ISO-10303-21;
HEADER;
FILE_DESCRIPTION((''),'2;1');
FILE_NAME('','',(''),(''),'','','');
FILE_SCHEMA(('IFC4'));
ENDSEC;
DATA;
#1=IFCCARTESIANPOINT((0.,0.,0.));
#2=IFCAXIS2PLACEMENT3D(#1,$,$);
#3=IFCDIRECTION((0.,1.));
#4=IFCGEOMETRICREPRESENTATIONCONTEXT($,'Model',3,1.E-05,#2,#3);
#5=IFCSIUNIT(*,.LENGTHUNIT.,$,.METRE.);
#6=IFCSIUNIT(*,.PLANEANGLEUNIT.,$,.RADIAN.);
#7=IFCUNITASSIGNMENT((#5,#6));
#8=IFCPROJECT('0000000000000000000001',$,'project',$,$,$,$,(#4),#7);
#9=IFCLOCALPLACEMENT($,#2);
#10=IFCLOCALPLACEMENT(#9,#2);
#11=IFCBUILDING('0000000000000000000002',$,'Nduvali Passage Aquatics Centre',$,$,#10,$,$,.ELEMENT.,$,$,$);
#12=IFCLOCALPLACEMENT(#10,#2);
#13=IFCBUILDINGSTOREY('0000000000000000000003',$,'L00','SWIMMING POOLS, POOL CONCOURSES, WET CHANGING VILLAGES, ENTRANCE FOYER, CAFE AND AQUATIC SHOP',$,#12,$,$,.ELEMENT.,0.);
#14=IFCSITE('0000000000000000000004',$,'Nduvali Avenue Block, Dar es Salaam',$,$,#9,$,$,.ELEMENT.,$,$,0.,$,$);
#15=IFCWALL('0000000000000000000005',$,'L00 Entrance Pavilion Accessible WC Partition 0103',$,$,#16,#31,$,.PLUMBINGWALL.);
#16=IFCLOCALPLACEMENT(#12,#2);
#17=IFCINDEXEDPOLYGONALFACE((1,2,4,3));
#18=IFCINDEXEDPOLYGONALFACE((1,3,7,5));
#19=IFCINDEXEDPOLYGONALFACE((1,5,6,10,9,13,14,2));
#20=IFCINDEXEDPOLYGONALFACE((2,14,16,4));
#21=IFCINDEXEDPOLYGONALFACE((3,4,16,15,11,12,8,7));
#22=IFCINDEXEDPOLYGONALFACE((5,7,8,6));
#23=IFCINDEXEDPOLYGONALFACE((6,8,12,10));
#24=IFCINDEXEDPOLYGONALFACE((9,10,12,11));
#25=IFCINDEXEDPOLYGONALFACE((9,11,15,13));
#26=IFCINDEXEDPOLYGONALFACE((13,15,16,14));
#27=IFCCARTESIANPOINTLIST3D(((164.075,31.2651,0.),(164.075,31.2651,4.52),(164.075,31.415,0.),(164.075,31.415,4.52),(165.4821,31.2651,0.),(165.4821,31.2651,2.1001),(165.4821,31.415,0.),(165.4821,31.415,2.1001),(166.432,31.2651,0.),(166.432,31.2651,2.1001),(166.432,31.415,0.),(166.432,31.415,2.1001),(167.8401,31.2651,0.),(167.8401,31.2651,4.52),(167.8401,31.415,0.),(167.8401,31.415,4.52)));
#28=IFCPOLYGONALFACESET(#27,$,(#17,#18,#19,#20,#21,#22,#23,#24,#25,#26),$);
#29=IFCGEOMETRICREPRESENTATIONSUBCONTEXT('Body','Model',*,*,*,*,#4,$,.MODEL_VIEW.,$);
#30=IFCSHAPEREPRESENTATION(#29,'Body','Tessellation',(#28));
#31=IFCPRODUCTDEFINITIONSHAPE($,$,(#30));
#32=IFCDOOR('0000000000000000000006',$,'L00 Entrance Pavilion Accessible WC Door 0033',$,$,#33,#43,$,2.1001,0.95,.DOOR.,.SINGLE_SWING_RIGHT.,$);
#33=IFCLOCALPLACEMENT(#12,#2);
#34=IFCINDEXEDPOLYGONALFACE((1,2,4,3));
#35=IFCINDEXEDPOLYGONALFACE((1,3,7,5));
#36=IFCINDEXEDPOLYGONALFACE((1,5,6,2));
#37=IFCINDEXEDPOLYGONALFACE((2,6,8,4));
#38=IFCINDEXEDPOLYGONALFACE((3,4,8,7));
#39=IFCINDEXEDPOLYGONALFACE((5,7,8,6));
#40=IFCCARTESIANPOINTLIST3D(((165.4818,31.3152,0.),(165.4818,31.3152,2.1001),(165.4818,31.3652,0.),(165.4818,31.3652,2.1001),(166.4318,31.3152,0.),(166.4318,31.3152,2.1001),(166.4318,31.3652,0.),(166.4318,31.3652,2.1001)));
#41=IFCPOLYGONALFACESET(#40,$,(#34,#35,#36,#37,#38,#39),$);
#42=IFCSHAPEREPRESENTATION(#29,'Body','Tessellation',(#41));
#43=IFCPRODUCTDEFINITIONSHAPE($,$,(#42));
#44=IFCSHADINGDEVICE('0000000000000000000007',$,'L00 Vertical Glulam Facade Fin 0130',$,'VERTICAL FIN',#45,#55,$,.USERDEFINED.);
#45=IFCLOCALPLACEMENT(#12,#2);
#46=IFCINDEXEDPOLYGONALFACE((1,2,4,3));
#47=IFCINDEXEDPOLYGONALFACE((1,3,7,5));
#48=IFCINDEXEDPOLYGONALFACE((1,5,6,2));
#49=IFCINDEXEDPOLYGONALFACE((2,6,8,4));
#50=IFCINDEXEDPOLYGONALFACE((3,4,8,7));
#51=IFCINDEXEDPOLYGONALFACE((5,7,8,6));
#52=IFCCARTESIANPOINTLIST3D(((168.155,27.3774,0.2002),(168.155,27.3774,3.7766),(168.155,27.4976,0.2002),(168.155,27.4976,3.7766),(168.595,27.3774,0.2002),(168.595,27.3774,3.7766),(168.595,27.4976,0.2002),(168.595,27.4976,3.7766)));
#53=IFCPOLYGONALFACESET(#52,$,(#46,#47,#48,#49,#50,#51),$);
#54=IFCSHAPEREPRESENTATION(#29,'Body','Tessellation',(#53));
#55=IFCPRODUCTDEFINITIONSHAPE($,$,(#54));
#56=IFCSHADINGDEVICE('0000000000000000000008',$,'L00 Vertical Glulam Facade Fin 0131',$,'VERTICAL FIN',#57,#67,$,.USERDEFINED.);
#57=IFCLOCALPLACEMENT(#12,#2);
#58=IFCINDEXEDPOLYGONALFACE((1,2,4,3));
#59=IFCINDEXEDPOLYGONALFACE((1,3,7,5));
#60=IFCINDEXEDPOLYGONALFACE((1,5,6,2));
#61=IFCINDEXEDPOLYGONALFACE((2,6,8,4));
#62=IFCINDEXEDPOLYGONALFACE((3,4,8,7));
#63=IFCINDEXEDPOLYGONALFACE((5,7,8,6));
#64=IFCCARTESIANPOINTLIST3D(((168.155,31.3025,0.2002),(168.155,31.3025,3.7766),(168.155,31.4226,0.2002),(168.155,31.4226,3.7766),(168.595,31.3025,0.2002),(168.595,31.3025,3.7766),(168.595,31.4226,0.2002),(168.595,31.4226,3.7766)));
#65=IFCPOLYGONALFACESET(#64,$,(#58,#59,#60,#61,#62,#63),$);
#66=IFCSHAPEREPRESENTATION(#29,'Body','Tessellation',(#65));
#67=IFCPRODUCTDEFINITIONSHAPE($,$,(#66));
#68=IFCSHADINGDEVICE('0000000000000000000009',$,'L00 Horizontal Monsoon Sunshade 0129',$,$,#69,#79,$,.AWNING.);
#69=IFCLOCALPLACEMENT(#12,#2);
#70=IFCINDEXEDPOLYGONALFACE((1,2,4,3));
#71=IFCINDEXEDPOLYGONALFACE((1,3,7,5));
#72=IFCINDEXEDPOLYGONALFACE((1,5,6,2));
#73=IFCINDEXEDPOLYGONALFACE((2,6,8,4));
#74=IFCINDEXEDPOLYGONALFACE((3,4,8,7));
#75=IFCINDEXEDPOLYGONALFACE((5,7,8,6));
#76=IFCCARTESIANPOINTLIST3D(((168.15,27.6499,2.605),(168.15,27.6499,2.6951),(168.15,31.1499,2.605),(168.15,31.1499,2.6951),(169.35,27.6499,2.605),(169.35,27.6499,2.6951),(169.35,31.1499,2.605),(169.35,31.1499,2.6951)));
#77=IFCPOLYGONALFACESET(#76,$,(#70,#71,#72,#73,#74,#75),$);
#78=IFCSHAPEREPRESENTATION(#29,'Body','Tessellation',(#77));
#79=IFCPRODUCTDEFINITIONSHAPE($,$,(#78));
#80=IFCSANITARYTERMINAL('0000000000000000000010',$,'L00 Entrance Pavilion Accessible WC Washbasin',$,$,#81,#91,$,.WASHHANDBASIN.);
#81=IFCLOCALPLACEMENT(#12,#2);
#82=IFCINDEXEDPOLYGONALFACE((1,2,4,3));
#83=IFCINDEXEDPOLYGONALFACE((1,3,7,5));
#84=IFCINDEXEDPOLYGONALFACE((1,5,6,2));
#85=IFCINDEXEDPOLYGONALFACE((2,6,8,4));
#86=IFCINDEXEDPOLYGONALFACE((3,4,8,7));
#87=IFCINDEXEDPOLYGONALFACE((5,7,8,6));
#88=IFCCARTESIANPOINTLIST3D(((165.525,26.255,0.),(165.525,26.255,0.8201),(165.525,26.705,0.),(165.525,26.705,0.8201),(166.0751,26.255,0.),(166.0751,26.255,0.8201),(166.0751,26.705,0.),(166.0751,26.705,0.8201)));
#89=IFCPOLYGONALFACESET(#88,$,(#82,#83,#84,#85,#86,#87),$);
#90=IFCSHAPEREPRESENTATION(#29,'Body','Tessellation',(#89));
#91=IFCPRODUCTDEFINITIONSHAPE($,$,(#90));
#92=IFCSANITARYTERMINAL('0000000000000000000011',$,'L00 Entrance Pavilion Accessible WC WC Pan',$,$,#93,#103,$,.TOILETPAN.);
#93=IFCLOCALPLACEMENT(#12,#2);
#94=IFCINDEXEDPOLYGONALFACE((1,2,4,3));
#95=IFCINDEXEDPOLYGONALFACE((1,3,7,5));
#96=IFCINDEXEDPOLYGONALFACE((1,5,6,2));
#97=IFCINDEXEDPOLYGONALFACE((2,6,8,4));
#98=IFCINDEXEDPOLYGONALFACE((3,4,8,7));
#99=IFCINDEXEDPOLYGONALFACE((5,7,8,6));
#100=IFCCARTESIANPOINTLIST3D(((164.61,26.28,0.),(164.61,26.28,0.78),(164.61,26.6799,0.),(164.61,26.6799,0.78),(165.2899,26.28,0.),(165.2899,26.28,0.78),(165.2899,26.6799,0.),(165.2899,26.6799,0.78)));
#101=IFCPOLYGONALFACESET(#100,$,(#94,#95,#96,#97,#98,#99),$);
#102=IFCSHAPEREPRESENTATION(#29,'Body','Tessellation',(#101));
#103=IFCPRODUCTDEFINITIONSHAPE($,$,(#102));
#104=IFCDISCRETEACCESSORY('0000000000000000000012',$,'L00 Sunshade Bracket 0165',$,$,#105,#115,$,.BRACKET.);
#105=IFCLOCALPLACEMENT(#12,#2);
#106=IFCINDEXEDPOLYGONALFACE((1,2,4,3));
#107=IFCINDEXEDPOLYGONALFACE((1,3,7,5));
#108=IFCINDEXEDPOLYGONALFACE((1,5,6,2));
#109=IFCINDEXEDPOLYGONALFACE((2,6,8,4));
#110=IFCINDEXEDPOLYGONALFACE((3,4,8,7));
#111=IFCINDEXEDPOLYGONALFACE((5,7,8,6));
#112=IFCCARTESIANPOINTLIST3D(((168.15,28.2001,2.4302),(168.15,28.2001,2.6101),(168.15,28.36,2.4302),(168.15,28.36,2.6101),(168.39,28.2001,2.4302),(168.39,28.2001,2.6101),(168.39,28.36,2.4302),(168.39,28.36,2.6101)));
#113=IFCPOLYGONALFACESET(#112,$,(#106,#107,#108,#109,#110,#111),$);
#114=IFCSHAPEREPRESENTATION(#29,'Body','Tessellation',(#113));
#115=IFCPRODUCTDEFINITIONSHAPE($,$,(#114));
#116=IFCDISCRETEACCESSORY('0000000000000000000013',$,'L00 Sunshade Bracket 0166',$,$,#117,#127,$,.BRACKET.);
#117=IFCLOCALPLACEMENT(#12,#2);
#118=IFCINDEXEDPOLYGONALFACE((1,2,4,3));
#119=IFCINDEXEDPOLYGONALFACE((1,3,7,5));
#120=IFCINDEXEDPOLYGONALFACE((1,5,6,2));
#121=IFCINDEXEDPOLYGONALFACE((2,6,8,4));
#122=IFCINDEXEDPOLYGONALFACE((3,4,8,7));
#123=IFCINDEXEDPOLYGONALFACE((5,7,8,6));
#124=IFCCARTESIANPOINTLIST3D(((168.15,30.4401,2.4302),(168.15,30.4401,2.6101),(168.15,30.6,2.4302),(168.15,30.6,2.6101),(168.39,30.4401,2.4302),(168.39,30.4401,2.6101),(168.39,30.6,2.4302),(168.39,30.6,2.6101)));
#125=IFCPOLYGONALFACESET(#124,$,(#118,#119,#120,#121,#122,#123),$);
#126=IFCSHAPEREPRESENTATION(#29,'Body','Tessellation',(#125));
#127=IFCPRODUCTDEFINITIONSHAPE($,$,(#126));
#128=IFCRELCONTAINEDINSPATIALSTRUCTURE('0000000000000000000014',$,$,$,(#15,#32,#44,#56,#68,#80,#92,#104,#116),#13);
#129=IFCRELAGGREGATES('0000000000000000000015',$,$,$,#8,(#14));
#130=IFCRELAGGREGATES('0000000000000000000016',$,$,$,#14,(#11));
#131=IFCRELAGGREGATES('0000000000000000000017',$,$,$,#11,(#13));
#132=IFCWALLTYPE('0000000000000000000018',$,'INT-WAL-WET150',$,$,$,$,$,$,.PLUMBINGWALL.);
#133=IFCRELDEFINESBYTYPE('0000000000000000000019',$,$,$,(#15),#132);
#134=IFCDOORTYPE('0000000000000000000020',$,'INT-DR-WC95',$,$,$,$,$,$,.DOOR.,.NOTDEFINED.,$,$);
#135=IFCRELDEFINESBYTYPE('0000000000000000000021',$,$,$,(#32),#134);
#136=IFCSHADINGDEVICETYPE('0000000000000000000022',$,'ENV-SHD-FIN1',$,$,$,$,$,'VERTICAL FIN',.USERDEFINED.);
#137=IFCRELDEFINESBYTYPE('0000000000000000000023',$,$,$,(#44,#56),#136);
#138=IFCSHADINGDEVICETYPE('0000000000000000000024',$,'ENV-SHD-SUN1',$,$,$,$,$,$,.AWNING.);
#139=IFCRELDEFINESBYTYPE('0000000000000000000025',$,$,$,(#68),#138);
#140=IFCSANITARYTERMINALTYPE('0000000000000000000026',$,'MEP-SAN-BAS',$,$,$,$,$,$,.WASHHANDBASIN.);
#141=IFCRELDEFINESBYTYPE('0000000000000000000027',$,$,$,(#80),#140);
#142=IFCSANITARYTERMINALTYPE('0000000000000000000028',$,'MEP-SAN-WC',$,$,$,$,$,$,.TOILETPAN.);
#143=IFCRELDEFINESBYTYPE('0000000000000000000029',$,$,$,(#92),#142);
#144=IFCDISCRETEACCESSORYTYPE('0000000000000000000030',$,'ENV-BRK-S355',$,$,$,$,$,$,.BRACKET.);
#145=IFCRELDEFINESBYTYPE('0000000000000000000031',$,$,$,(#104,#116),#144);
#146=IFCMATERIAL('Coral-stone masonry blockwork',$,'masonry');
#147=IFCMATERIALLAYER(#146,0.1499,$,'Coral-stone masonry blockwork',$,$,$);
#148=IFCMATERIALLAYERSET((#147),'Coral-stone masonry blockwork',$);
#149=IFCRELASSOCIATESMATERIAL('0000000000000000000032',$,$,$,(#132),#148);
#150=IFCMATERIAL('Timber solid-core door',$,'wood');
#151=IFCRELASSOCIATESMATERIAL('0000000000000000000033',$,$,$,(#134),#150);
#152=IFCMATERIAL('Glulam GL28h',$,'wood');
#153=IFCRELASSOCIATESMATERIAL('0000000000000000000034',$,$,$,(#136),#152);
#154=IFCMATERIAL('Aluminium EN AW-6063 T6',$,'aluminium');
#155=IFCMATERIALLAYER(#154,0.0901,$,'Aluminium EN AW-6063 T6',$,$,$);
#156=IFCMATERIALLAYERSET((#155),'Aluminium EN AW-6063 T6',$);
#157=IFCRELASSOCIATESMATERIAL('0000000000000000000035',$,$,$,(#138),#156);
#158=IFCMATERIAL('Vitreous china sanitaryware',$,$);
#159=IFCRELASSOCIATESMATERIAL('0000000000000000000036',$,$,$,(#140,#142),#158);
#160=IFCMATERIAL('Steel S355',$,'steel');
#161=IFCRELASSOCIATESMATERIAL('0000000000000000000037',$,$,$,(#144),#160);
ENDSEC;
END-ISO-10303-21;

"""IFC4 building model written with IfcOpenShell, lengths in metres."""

from ifc_helpers import new_model, si_unit, direction, frame, frame_2d, origin, origin_2d, place, context, subcontext, project, spatial, rectangle, extrude, material, layer, layer_set, type_object, element, fill, save


model = new_model("IFC4")

# Units and contexts
model_context = context("Model", 3, precision=1e-05, world=origin(), true_north=direction((0.0, 1.0)))
body_context = subcontext(model_context, "Body", "Model", "MODEL_VIEW")
ifc_project = project(units=[si_unit("LENGTHUNIT", "METRE"), si_unit("PLANEANGLEUNIT", "RADIAN")], contexts=[model_context])

# Site, building, storey
site_placement = place(None, origin())
site = spatial("IfcSite", under=ifc_project, at=site_placement, Name="Nduvali Avenue Block, Dar es Salaam", CompositionType="ELEMENT", RefElevation=0.0)
building_placement = place(site_placement, origin())
building = spatial("IfcBuilding", under=site, at=building_placement, Name="Nduvali Passage Aquatics Centre", CompositionType="ELEMENT")
storey_placement = place(building_placement, origin())
storey = spatial("IfcBuildingStorey", under=building, at=storey_placement, Name="L00", Description="SWIMMING POOLS, POOL CONCOURSES, WET CHANGING VILLAGES, ENTRANCE FOYER, CAFE AND AQUATIC SHOP", CompositionType="ELEMENT", Elevation=0.0)

# Shared definitions
ifc_material_1 = material(Name="Aluminium EN AW-6063 T6", Category="aluminium")

# Shared definitions
ifc_material_2 = material(Name="Steel S355", Category="steel")

# Shared definitions
ifc_material_3 = material(Name="Coral-stone masonry blockwork", Category="masonry")

# Shared definitions
ifc_layer_1 = layer(ifc_material_3, 0.1499, Name="Coral-stone masonry blockwork")
ifc_layer_set_1 = layer_set([ifc_layer_1], Name="Coral-stone masonry blockwork")
wall_type_1 = type_object("IfcWallType", Name="INT-WAL-WET150", PredefinedType="PLUMBINGWALL", material=ifc_layer_set_1)

# Wall, opening, door
wall_1_placement = place(storey_placement, frame((164.075, 31.3401, 0.0), z_axis=(0.0, 0.0, 1.0), x_axis=(1.0, 0.0, 0.0)))
wall_1 = element("IfcWall", 1, at=wall_1_placement, inside=storey, type_object=wall_type_1, Name="L00 Entrance Pavilion Accessible WC Partition 0103", PredefinedType="PLUMBINGWALL", context=body_context, shape_type="SweptSolid", body=[
    extrude(rectangle(XDim=3.7651, YDim=0.1499, at=frame_2d((1.8826, 0.0))), origin(), (0.0, 0.0, 1.0), 4.52),
])
opening_1_placement = place(wall_1_placement, frame((1.407, 0.0, 0.0)))
opening_1 = element("IfcOpeningElement", 2, at=opening_1_placement, cuts=wall_1, PredefinedType="OPENING", context=body_context, shape_type="SweptSolid", body=[
    extrude(rectangle(XDim=0.95, YDim=2.1001, at=frame_2d((0.4751, 1.05))), frame((0.0, 0.0898, 0.0), z_axis=(0.0, -1.0, 0.0), x_axis=(1.0, 0.0, 0.0)), (0.0, 0.0, 1.0), 0.1797),
])
ifc_material_4 = material(Name="Timber solid-core door", Category="wood")
door_type = type_object("IfcDoorType", Name="INT-DR-WC95", OperationType="NOTDEFINED", PredefinedType="DOOR", material=ifc_material_4)
door_placement = place(opening_1_placement, frame((0.95, 0.0, 0.0), z_axis=(0.0, 0.0, 1.0), x_axis=(-1.0, 0.0, 0.0)))
door = element("IfcDoor", 3, at=door_placement, inside=storey, type_object=door_type, Name="L00 Entrance Pavilion Accessible WC Door 0033", OperationType="SINGLE_SWING_RIGHT", OverallHeight=2.1001, OverallWidth=0.95, PredefinedType="DOOR", context=body_context, shape_type="SweptSolid", body=[
    extrude(rectangle(XDim=0.95, YDim=2.1001, at=frame_2d((0.4751, 1.05))), frame((0.0, 0.0249, 0.0), z_axis=(0.0, -1.0, 0.0), x_axis=(1.0, 0.0, 0.0)), (0.0, 0.0, 1.0), 0.05),
])
fill(opening_1, door)

# Shading devices
ifc_material_5 = material(Name="Glulam GL28h", Category="wood")
shading_device_type_1 = type_object("IfcShadingDeviceType", Name="ENV-SHD-FIN1", ElementType="VERTICAL FIN", PredefinedType="USERDEFINED", material=ifc_material_5)
for number, where, z_axis, x_axis, name in (
    (4, (168.375, 27.4375, 0.2002), (0.0, 0.0, 1.0), (0.0, 1.0, 0.0), "L00 Vertical Glulam Facade Fin 0130"),
    (5, (168.375, 31.3625, 0.2002), (0.0, 0.0, 1.0), (0.0, 1.0, 0.0), "L00 Vertical Glulam Facade Fin 0131"),
):
    element("IfcShadingDevice", number, at=place(storey_placement, frame(where, z_axis=z_axis, x_axis=x_axis)), inside=storey, type_object=shading_device_type_1, Name=name, ObjectType="VERTICAL FIN", PredefinedType="USERDEFINED", context=body_context, shape_type="SweptSolid", body=[
        extrude(rectangle(XDim=0.1201, YDim=0.4399, at=origin_2d()), origin(), (0.0, 0.0, 1.0), 3.5764),
    ])
ifc_layer_2 = layer(ifc_material_1, 0.0901, Name="Aluminium EN AW-6063 T6")
ifc_layer_set_2 = layer_set([ifc_layer_2], Name="Aluminium EN AW-6063 T6")
shading_device_type_2 = type_object("IfcShadingDeviceType", Name="ENV-SHD-SUN1", PredefinedType="AWNING", material=ifc_layer_set_2)
shading_device_placement = place(storey_placement, frame((168.75, 29.3999, 2.605), z_axis=(0.0, 0.0, 1.0), x_axis=(0.0, 1.0, 0.0)))
element("IfcShadingDevice", 6, at=shading_device_placement, inside=storey, type_object=shading_device_type_2, Name="L00 Horizontal Monsoon Sunshade 0129", PredefinedType="AWNING", context=body_context, shape_type="SweptSolid", body=[
    extrude(rectangle(XDim=3.5, YDim=1.2, at=origin_2d()), origin(), (0.0, 0.0, 1.0), 0.0901),
])

# Sanitary terminals
ifc_material_6 = material(Name="Vitreous china sanitaryware")
sanitary_terminal_type_1 = type_object("IfcSanitaryTerminalType", Name="MEP-SAN-BAS", PredefinedType="WASHHANDBASIN", material=ifc_material_6)
sanitary_terminal_1_placement = place(storey_placement, frame((165.8, 26.48, 0.0), z_axis=(0.0, 0.0, 1.0), x_axis=(1.0, 0.0, 0.0)))
element("IfcSanitaryTerminal", 7, at=sanitary_terminal_1_placement, inside=storey, type_object=sanitary_terminal_type_1, Name="L00 Entrance Pavilion Accessible WC Washbasin", PredefinedType="WASHHANDBASIN", context=body_context, shape_type="SweptSolid", body=[
    extrude(rectangle(XDim=0.55, YDim=0.45, at=origin_2d()), origin(), (0.0, 0.0, 1.0), 0.8201),
])
sanitary_terminal_type_2 = type_object("IfcSanitaryTerminalType", Name="MEP-SAN-WC", PredefinedType="TOILETPAN", material=ifc_material_6)
sanitary_terminal_2_placement = place(storey_placement, frame((164.95, 26.48, 0.0), z_axis=(0.0, 0.0, 1.0), x_axis=(1.0, 0.0, 0.0)))
element("IfcSanitaryTerminal", 8, at=sanitary_terminal_2_placement, inside=storey, type_object=sanitary_terminal_type_2, Name="L00 Entrance Pavilion Accessible WC WC Pan", PredefinedType="TOILETPAN", context=body_context, shape_type="SweptSolid", body=[
    extrude(rectangle(XDim=0.6799, YDim=0.3999, at=origin_2d()), origin(), (0.0, 0.0, 1.0), 0.78),
])

# Discrete accessories
discrete_accessory_type = type_object("IfcDiscreteAccessoryType", Name="ENV-BRK-S355", PredefinedType="BRACKET", material=ifc_material_2)
for number, where, z_axis, x_axis, name in (
    (9, (168.27, 28.28, 2.4302), (0.0, 0.0, 1.0), (0.0, 1.0, 0.0), "L00 Sunshade Bracket 0165"),
    (10, (168.27, 30.52, 2.4302), (0.0, 0.0, 1.0), (0.0, 1.0, 0.0), "L00 Sunshade Bracket 0166"),
):
    element("IfcDiscreteAccessory", number, at=place(storey_placement, frame(where, z_axis=z_axis, x_axis=x_axis)), inside=storey, type_object=discrete_accessory_type, Name=name, PredefinedType="BRACKET", context=body_context, shape_type="SweptSolid", body=[
        extrude(rectangle(XDim=0.1599, YDim=0.24, at=origin_2d()), origin(), (0.0, 0.0, 1.0), 0.1799),
    ])

save(model, "model.ifc")
